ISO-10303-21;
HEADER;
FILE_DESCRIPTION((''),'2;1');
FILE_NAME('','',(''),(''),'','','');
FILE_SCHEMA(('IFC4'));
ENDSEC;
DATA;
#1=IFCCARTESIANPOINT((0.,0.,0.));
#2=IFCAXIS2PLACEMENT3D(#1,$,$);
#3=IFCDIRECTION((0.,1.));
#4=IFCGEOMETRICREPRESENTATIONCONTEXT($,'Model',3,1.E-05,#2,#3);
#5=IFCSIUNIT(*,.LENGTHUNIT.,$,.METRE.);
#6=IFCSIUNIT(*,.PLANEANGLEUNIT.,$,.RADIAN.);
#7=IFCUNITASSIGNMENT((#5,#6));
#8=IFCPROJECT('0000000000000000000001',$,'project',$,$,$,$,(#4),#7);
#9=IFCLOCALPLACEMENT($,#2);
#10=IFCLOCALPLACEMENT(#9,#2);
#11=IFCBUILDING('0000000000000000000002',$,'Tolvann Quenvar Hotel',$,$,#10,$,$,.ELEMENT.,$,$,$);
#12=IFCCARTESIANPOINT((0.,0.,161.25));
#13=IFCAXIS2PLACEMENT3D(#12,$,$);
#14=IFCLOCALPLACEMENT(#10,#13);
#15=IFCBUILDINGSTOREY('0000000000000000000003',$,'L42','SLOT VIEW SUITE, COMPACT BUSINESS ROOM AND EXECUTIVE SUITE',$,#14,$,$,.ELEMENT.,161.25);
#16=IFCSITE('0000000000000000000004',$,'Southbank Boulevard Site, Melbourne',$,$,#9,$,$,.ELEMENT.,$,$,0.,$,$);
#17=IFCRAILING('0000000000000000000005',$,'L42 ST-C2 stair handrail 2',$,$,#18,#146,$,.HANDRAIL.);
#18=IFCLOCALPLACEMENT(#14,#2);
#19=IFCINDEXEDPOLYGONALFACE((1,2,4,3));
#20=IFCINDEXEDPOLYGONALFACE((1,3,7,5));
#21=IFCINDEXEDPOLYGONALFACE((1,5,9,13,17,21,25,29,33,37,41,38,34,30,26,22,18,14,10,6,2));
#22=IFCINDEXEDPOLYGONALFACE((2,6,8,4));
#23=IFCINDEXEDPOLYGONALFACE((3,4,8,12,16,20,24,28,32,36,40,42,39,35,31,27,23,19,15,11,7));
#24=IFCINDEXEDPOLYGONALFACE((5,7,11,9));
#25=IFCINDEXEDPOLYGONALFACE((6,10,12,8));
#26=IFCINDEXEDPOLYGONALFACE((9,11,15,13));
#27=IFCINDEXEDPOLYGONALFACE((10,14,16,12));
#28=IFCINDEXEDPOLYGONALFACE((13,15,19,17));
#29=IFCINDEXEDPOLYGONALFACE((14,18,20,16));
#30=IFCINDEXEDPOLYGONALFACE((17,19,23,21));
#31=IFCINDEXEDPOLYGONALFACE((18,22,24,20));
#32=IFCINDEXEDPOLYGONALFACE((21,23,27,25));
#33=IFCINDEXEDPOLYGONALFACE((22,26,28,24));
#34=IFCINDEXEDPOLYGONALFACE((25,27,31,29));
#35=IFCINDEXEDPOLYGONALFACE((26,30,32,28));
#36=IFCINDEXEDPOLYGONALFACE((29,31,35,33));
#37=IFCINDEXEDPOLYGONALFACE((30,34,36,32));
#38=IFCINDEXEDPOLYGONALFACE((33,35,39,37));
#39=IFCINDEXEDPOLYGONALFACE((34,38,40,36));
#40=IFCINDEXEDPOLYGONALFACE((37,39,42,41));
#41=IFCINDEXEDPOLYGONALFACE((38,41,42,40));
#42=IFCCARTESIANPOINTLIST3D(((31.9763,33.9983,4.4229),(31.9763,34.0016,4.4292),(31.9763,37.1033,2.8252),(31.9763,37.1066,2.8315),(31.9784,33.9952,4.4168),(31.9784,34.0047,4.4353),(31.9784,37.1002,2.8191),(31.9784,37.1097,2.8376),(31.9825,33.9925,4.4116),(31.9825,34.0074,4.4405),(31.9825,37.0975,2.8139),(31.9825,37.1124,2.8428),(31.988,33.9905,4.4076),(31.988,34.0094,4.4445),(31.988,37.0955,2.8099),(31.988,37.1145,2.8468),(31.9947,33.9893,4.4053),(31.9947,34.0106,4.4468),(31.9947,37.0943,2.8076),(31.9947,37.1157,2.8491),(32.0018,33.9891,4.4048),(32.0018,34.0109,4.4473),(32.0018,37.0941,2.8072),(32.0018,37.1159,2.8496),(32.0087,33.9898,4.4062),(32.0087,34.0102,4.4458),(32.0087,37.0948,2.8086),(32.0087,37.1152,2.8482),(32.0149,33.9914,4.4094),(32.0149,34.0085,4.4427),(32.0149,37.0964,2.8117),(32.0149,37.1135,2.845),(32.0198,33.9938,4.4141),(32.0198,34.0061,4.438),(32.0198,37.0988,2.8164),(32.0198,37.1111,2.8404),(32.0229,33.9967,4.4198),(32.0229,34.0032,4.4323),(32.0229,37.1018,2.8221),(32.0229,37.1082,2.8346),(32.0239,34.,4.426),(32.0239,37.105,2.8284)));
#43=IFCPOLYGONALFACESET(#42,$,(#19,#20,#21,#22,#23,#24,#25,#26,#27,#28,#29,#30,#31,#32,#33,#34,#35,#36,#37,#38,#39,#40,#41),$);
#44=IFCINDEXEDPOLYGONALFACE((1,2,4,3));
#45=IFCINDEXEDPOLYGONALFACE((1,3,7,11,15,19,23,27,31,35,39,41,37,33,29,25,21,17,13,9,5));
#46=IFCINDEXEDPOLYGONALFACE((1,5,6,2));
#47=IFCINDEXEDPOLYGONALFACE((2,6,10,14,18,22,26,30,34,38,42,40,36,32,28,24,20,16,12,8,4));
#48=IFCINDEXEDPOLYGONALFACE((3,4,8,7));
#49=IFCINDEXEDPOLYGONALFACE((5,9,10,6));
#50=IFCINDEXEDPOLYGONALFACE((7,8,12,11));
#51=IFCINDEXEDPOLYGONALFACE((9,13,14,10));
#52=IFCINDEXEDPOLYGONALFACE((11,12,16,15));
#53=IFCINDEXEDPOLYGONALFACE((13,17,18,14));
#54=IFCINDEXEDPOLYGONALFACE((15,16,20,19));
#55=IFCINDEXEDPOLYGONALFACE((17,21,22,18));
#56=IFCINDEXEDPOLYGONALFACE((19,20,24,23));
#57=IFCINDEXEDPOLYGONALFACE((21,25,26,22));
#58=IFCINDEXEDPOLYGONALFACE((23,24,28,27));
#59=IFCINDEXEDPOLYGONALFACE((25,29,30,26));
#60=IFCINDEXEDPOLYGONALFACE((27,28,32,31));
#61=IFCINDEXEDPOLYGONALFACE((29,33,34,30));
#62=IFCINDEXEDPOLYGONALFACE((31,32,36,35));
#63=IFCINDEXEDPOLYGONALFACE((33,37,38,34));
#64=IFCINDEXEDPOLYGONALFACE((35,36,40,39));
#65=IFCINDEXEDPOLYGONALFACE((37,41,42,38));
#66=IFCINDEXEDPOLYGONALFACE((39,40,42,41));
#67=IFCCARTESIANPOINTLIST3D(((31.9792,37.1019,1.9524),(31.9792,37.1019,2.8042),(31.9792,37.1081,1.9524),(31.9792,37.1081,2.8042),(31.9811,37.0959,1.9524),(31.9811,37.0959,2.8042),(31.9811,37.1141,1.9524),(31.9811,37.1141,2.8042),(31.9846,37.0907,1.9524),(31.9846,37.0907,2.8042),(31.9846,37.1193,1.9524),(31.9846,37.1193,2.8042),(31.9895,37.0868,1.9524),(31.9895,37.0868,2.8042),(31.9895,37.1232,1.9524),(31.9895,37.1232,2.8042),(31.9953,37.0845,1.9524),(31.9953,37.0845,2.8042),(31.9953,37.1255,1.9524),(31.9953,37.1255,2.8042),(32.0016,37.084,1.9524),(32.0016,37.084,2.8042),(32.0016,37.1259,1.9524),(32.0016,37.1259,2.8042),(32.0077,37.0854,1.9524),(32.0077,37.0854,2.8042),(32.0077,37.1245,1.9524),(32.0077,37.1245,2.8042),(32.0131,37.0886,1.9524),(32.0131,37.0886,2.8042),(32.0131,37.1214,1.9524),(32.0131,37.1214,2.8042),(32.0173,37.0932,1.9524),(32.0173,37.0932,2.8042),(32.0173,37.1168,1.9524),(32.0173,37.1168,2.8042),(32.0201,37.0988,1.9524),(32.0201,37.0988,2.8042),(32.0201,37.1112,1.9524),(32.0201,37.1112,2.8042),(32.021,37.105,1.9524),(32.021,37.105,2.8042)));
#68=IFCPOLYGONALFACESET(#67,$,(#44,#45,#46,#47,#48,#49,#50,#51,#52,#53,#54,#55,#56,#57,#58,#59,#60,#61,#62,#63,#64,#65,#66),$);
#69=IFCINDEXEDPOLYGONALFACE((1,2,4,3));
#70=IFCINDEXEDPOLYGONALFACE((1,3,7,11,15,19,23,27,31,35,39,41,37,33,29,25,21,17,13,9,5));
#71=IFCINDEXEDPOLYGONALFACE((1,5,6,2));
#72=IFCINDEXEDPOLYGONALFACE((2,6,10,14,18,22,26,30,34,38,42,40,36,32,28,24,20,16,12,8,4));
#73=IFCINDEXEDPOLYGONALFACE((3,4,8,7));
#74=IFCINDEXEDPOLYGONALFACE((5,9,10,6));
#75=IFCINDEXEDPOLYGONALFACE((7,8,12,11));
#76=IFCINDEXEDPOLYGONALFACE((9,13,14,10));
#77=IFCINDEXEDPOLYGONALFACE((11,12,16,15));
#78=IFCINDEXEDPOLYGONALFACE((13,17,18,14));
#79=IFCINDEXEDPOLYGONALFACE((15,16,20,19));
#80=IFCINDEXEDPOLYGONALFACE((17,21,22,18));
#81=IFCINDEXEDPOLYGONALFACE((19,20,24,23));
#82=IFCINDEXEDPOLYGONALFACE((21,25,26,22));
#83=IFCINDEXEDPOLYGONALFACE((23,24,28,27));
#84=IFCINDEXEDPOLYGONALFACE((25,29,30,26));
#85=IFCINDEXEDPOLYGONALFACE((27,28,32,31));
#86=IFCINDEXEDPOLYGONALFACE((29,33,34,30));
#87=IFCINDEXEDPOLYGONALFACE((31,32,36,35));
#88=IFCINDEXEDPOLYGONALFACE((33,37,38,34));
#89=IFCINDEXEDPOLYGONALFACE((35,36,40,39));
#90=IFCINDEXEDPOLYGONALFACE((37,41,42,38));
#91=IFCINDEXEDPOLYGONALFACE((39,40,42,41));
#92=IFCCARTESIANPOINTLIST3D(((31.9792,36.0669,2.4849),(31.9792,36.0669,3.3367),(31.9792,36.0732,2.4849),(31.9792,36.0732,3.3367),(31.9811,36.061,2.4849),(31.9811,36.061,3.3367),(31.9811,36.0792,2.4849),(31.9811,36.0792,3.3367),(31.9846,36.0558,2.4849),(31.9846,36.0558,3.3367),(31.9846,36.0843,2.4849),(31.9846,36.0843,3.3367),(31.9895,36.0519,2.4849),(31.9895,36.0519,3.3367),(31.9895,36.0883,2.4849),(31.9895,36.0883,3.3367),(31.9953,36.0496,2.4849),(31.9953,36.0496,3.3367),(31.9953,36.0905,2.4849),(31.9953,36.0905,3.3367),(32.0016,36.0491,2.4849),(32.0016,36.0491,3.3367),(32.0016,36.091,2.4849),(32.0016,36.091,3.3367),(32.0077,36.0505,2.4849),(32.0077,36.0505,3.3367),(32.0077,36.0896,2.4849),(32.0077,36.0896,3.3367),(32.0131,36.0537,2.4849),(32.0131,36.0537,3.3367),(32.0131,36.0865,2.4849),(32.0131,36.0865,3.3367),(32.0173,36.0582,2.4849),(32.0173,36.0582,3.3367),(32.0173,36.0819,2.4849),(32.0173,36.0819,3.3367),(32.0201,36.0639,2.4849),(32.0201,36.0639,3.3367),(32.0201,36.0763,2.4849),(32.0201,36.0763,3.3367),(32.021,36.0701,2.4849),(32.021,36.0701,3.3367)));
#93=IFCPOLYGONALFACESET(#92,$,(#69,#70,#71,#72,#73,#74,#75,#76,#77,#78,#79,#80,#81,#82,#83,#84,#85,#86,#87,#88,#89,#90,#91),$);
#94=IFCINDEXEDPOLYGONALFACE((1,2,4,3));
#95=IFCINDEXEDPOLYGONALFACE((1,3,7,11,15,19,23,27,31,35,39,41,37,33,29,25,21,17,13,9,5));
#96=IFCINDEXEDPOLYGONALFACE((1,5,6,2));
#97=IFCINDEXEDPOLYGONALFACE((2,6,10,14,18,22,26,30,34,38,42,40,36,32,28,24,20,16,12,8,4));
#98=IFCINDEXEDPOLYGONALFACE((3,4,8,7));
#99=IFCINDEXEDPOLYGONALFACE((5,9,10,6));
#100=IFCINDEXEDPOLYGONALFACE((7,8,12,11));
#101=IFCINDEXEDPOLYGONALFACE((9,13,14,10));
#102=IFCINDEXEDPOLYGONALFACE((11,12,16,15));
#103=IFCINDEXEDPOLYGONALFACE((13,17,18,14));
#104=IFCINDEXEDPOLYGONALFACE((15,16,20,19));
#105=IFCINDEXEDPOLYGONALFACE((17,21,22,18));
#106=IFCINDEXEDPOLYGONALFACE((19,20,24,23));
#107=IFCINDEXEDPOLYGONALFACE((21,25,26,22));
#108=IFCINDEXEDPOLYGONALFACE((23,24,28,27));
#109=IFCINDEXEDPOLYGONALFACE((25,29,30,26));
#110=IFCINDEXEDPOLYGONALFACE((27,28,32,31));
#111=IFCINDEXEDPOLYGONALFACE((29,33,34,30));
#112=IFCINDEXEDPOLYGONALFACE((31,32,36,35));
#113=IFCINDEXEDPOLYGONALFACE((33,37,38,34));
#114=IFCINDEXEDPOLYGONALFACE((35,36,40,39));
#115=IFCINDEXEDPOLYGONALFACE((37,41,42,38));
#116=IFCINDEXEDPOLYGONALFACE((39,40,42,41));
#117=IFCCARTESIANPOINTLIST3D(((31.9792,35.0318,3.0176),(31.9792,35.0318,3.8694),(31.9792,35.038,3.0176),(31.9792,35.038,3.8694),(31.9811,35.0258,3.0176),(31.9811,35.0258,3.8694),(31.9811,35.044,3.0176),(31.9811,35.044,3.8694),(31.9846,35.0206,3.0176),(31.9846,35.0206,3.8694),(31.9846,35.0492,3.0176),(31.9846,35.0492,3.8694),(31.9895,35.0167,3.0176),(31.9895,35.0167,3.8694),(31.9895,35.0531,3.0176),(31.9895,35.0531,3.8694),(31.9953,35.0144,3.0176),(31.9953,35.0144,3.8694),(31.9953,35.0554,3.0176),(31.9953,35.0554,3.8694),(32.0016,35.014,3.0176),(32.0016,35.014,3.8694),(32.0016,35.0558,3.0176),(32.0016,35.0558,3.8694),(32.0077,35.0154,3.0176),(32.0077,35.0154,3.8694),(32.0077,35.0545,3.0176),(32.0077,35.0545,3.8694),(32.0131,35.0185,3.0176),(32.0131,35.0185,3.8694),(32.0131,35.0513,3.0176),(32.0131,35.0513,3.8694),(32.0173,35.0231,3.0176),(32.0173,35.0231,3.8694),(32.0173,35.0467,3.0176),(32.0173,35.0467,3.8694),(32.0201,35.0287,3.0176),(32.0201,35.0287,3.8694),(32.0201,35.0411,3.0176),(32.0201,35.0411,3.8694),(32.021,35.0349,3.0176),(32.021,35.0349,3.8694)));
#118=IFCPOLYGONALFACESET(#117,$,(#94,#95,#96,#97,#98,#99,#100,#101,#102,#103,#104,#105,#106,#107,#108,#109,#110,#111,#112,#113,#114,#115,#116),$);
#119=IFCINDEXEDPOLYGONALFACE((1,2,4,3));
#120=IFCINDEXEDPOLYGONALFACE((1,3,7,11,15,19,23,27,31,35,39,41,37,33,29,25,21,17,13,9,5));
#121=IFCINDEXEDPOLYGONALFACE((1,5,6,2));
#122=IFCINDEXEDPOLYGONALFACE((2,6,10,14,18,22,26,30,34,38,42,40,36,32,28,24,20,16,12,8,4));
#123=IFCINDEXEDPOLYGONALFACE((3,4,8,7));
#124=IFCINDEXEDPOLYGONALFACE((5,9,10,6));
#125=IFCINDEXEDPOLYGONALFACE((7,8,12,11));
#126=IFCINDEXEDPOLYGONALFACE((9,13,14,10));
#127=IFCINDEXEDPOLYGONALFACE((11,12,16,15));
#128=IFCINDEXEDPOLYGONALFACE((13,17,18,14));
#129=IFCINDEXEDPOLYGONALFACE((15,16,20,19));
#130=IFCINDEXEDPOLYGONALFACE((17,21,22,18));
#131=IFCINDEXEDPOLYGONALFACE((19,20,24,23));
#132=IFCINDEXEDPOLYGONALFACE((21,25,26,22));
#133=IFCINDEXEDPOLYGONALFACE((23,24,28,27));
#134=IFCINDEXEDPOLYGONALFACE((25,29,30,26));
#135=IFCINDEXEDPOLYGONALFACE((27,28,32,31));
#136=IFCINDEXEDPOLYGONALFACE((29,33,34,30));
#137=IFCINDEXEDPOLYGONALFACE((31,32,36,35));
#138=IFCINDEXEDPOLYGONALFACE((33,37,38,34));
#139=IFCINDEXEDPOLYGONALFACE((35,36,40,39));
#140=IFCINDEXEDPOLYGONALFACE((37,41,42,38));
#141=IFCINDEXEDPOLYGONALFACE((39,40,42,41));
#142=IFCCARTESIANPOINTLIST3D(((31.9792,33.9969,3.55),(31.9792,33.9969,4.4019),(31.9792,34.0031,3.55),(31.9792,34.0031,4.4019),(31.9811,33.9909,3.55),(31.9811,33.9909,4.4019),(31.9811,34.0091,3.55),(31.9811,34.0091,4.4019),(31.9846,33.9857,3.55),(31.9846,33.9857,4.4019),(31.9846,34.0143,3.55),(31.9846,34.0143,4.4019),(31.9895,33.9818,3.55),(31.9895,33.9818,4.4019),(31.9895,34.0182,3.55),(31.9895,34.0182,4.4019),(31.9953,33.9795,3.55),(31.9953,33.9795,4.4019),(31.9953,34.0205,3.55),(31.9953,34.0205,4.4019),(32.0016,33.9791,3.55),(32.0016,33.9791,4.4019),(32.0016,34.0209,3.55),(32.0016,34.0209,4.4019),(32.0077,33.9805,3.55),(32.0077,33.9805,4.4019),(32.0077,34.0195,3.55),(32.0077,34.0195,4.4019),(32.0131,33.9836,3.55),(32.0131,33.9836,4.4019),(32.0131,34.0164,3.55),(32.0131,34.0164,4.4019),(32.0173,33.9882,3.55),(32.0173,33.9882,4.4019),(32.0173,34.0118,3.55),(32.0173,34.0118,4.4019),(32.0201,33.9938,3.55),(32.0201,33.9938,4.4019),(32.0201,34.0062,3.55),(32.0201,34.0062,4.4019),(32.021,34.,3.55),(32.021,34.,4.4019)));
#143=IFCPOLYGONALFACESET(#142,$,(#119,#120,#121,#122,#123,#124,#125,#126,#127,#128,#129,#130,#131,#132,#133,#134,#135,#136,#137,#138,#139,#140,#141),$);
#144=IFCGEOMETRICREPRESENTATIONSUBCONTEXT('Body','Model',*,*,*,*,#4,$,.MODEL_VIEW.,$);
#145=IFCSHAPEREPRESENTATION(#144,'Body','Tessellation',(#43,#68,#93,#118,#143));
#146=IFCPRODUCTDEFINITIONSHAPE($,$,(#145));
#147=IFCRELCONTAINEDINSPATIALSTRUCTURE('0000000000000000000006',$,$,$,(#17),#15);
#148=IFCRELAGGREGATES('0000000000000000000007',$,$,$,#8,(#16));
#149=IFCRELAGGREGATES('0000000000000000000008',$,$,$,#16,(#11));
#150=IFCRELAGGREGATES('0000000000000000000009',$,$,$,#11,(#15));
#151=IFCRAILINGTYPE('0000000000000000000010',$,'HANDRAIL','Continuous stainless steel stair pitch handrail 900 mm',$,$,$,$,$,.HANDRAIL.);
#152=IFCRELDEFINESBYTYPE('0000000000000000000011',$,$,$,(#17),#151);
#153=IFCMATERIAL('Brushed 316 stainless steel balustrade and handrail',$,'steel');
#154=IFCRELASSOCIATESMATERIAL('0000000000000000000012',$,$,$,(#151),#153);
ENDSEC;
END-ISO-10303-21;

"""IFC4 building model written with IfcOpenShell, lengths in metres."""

from ifc_helpers import new_model, si_unit, direction, frame, origin, origin_2d, place, context, subcontext, project, spatial, circle, extrude, material, type_object, element, save


model = new_model("IFC4")

# Units and contexts
model_context = context("Model", 3, precision=1e-05, world=origin(), true_north=direction((0.0, 1.0)))
body_context = subcontext(model_context, "Body", "Model", "MODEL_VIEW")
ifc_project = project(units=[si_unit("LENGTHUNIT", "METRE"), si_unit("PLANEANGLEUNIT", "RADIAN")], contexts=[model_context])

# Site, building, storey
site_placement = place(None, origin())
site = spatial("IfcSite", under=ifc_project, at=site_placement, Name="Southbank Boulevard Site, Melbourne", CompositionType="ELEMENT", RefElevation=0.0)
building_placement = place(site_placement, origin())
building = spatial("IfcBuilding", under=site, at=building_placement, Name="Tolvann Quenvar Hotel", CompositionType="ELEMENT")
storey_placement = place(building_placement, frame((0.0, 0.0, 161.25)))
storey = spatial("IfcBuildingStorey", under=building, at=storey_placement, Name="L42", Description="SLOT VIEW SUITE, COMPACT BUSINESS ROOM AND EXECUTIVE SUITE", CompositionType="ELEMENT", Elevation=161.25)

# Railing
ifc_material_1 = material(Name="Brushed 316 stainless steel balustrade and handrail", Category="steel")
railing_type_1 = type_object("IfcRailingType", Name="HANDRAIL", Description="Continuous stainless steel stair pitch handrail 900 mm", PredefinedType="HANDRAIL", material=ifc_material_1)
railing_1_placement = place(storey_placement, frame((32.0, 37.105, 1.9524)))
element("IfcRailing", 1, at=railing_1_placement, inside=storey, type_object=railing_type_1, Name="L42 ST-C2 stair handrail 2", PredefinedType="HANDRAIL", context=body_context, shape_type="SweptSolid", body=[
    extrude(circle(Radius=0.0239, at=origin_2d()), frame((0.0, 0.0, 0.876), z_axis=(0.0, -0.889194, 0.457531), x_axis=(1.0, 0.0, 0.0)), (0.0, 0.0, 1.0), 3.4919),
    extrude(circle(Radius=0.021, at=origin_2d()), origin(), (0.0, 0.0, 1.0), 0.8518),
    extrude(circle(Radius=0.021, at=origin_2d()), frame((0.0, -1.0349, 0.5325)), (0.0, 0.0, 1.0), 0.8518),
    extrude(circle(Radius=0.021, at=origin_2d()), frame((0.0, -2.0701, 1.0652)), (0.0, 0.0, 1.0), 0.8518),
    extrude(circle(Radius=0.021, at=origin_2d()), frame((0.0, -3.105, 1.5977)), (0.0, 0.0, 1.0), 0.8518),
])

save(model, "model.ifc")
